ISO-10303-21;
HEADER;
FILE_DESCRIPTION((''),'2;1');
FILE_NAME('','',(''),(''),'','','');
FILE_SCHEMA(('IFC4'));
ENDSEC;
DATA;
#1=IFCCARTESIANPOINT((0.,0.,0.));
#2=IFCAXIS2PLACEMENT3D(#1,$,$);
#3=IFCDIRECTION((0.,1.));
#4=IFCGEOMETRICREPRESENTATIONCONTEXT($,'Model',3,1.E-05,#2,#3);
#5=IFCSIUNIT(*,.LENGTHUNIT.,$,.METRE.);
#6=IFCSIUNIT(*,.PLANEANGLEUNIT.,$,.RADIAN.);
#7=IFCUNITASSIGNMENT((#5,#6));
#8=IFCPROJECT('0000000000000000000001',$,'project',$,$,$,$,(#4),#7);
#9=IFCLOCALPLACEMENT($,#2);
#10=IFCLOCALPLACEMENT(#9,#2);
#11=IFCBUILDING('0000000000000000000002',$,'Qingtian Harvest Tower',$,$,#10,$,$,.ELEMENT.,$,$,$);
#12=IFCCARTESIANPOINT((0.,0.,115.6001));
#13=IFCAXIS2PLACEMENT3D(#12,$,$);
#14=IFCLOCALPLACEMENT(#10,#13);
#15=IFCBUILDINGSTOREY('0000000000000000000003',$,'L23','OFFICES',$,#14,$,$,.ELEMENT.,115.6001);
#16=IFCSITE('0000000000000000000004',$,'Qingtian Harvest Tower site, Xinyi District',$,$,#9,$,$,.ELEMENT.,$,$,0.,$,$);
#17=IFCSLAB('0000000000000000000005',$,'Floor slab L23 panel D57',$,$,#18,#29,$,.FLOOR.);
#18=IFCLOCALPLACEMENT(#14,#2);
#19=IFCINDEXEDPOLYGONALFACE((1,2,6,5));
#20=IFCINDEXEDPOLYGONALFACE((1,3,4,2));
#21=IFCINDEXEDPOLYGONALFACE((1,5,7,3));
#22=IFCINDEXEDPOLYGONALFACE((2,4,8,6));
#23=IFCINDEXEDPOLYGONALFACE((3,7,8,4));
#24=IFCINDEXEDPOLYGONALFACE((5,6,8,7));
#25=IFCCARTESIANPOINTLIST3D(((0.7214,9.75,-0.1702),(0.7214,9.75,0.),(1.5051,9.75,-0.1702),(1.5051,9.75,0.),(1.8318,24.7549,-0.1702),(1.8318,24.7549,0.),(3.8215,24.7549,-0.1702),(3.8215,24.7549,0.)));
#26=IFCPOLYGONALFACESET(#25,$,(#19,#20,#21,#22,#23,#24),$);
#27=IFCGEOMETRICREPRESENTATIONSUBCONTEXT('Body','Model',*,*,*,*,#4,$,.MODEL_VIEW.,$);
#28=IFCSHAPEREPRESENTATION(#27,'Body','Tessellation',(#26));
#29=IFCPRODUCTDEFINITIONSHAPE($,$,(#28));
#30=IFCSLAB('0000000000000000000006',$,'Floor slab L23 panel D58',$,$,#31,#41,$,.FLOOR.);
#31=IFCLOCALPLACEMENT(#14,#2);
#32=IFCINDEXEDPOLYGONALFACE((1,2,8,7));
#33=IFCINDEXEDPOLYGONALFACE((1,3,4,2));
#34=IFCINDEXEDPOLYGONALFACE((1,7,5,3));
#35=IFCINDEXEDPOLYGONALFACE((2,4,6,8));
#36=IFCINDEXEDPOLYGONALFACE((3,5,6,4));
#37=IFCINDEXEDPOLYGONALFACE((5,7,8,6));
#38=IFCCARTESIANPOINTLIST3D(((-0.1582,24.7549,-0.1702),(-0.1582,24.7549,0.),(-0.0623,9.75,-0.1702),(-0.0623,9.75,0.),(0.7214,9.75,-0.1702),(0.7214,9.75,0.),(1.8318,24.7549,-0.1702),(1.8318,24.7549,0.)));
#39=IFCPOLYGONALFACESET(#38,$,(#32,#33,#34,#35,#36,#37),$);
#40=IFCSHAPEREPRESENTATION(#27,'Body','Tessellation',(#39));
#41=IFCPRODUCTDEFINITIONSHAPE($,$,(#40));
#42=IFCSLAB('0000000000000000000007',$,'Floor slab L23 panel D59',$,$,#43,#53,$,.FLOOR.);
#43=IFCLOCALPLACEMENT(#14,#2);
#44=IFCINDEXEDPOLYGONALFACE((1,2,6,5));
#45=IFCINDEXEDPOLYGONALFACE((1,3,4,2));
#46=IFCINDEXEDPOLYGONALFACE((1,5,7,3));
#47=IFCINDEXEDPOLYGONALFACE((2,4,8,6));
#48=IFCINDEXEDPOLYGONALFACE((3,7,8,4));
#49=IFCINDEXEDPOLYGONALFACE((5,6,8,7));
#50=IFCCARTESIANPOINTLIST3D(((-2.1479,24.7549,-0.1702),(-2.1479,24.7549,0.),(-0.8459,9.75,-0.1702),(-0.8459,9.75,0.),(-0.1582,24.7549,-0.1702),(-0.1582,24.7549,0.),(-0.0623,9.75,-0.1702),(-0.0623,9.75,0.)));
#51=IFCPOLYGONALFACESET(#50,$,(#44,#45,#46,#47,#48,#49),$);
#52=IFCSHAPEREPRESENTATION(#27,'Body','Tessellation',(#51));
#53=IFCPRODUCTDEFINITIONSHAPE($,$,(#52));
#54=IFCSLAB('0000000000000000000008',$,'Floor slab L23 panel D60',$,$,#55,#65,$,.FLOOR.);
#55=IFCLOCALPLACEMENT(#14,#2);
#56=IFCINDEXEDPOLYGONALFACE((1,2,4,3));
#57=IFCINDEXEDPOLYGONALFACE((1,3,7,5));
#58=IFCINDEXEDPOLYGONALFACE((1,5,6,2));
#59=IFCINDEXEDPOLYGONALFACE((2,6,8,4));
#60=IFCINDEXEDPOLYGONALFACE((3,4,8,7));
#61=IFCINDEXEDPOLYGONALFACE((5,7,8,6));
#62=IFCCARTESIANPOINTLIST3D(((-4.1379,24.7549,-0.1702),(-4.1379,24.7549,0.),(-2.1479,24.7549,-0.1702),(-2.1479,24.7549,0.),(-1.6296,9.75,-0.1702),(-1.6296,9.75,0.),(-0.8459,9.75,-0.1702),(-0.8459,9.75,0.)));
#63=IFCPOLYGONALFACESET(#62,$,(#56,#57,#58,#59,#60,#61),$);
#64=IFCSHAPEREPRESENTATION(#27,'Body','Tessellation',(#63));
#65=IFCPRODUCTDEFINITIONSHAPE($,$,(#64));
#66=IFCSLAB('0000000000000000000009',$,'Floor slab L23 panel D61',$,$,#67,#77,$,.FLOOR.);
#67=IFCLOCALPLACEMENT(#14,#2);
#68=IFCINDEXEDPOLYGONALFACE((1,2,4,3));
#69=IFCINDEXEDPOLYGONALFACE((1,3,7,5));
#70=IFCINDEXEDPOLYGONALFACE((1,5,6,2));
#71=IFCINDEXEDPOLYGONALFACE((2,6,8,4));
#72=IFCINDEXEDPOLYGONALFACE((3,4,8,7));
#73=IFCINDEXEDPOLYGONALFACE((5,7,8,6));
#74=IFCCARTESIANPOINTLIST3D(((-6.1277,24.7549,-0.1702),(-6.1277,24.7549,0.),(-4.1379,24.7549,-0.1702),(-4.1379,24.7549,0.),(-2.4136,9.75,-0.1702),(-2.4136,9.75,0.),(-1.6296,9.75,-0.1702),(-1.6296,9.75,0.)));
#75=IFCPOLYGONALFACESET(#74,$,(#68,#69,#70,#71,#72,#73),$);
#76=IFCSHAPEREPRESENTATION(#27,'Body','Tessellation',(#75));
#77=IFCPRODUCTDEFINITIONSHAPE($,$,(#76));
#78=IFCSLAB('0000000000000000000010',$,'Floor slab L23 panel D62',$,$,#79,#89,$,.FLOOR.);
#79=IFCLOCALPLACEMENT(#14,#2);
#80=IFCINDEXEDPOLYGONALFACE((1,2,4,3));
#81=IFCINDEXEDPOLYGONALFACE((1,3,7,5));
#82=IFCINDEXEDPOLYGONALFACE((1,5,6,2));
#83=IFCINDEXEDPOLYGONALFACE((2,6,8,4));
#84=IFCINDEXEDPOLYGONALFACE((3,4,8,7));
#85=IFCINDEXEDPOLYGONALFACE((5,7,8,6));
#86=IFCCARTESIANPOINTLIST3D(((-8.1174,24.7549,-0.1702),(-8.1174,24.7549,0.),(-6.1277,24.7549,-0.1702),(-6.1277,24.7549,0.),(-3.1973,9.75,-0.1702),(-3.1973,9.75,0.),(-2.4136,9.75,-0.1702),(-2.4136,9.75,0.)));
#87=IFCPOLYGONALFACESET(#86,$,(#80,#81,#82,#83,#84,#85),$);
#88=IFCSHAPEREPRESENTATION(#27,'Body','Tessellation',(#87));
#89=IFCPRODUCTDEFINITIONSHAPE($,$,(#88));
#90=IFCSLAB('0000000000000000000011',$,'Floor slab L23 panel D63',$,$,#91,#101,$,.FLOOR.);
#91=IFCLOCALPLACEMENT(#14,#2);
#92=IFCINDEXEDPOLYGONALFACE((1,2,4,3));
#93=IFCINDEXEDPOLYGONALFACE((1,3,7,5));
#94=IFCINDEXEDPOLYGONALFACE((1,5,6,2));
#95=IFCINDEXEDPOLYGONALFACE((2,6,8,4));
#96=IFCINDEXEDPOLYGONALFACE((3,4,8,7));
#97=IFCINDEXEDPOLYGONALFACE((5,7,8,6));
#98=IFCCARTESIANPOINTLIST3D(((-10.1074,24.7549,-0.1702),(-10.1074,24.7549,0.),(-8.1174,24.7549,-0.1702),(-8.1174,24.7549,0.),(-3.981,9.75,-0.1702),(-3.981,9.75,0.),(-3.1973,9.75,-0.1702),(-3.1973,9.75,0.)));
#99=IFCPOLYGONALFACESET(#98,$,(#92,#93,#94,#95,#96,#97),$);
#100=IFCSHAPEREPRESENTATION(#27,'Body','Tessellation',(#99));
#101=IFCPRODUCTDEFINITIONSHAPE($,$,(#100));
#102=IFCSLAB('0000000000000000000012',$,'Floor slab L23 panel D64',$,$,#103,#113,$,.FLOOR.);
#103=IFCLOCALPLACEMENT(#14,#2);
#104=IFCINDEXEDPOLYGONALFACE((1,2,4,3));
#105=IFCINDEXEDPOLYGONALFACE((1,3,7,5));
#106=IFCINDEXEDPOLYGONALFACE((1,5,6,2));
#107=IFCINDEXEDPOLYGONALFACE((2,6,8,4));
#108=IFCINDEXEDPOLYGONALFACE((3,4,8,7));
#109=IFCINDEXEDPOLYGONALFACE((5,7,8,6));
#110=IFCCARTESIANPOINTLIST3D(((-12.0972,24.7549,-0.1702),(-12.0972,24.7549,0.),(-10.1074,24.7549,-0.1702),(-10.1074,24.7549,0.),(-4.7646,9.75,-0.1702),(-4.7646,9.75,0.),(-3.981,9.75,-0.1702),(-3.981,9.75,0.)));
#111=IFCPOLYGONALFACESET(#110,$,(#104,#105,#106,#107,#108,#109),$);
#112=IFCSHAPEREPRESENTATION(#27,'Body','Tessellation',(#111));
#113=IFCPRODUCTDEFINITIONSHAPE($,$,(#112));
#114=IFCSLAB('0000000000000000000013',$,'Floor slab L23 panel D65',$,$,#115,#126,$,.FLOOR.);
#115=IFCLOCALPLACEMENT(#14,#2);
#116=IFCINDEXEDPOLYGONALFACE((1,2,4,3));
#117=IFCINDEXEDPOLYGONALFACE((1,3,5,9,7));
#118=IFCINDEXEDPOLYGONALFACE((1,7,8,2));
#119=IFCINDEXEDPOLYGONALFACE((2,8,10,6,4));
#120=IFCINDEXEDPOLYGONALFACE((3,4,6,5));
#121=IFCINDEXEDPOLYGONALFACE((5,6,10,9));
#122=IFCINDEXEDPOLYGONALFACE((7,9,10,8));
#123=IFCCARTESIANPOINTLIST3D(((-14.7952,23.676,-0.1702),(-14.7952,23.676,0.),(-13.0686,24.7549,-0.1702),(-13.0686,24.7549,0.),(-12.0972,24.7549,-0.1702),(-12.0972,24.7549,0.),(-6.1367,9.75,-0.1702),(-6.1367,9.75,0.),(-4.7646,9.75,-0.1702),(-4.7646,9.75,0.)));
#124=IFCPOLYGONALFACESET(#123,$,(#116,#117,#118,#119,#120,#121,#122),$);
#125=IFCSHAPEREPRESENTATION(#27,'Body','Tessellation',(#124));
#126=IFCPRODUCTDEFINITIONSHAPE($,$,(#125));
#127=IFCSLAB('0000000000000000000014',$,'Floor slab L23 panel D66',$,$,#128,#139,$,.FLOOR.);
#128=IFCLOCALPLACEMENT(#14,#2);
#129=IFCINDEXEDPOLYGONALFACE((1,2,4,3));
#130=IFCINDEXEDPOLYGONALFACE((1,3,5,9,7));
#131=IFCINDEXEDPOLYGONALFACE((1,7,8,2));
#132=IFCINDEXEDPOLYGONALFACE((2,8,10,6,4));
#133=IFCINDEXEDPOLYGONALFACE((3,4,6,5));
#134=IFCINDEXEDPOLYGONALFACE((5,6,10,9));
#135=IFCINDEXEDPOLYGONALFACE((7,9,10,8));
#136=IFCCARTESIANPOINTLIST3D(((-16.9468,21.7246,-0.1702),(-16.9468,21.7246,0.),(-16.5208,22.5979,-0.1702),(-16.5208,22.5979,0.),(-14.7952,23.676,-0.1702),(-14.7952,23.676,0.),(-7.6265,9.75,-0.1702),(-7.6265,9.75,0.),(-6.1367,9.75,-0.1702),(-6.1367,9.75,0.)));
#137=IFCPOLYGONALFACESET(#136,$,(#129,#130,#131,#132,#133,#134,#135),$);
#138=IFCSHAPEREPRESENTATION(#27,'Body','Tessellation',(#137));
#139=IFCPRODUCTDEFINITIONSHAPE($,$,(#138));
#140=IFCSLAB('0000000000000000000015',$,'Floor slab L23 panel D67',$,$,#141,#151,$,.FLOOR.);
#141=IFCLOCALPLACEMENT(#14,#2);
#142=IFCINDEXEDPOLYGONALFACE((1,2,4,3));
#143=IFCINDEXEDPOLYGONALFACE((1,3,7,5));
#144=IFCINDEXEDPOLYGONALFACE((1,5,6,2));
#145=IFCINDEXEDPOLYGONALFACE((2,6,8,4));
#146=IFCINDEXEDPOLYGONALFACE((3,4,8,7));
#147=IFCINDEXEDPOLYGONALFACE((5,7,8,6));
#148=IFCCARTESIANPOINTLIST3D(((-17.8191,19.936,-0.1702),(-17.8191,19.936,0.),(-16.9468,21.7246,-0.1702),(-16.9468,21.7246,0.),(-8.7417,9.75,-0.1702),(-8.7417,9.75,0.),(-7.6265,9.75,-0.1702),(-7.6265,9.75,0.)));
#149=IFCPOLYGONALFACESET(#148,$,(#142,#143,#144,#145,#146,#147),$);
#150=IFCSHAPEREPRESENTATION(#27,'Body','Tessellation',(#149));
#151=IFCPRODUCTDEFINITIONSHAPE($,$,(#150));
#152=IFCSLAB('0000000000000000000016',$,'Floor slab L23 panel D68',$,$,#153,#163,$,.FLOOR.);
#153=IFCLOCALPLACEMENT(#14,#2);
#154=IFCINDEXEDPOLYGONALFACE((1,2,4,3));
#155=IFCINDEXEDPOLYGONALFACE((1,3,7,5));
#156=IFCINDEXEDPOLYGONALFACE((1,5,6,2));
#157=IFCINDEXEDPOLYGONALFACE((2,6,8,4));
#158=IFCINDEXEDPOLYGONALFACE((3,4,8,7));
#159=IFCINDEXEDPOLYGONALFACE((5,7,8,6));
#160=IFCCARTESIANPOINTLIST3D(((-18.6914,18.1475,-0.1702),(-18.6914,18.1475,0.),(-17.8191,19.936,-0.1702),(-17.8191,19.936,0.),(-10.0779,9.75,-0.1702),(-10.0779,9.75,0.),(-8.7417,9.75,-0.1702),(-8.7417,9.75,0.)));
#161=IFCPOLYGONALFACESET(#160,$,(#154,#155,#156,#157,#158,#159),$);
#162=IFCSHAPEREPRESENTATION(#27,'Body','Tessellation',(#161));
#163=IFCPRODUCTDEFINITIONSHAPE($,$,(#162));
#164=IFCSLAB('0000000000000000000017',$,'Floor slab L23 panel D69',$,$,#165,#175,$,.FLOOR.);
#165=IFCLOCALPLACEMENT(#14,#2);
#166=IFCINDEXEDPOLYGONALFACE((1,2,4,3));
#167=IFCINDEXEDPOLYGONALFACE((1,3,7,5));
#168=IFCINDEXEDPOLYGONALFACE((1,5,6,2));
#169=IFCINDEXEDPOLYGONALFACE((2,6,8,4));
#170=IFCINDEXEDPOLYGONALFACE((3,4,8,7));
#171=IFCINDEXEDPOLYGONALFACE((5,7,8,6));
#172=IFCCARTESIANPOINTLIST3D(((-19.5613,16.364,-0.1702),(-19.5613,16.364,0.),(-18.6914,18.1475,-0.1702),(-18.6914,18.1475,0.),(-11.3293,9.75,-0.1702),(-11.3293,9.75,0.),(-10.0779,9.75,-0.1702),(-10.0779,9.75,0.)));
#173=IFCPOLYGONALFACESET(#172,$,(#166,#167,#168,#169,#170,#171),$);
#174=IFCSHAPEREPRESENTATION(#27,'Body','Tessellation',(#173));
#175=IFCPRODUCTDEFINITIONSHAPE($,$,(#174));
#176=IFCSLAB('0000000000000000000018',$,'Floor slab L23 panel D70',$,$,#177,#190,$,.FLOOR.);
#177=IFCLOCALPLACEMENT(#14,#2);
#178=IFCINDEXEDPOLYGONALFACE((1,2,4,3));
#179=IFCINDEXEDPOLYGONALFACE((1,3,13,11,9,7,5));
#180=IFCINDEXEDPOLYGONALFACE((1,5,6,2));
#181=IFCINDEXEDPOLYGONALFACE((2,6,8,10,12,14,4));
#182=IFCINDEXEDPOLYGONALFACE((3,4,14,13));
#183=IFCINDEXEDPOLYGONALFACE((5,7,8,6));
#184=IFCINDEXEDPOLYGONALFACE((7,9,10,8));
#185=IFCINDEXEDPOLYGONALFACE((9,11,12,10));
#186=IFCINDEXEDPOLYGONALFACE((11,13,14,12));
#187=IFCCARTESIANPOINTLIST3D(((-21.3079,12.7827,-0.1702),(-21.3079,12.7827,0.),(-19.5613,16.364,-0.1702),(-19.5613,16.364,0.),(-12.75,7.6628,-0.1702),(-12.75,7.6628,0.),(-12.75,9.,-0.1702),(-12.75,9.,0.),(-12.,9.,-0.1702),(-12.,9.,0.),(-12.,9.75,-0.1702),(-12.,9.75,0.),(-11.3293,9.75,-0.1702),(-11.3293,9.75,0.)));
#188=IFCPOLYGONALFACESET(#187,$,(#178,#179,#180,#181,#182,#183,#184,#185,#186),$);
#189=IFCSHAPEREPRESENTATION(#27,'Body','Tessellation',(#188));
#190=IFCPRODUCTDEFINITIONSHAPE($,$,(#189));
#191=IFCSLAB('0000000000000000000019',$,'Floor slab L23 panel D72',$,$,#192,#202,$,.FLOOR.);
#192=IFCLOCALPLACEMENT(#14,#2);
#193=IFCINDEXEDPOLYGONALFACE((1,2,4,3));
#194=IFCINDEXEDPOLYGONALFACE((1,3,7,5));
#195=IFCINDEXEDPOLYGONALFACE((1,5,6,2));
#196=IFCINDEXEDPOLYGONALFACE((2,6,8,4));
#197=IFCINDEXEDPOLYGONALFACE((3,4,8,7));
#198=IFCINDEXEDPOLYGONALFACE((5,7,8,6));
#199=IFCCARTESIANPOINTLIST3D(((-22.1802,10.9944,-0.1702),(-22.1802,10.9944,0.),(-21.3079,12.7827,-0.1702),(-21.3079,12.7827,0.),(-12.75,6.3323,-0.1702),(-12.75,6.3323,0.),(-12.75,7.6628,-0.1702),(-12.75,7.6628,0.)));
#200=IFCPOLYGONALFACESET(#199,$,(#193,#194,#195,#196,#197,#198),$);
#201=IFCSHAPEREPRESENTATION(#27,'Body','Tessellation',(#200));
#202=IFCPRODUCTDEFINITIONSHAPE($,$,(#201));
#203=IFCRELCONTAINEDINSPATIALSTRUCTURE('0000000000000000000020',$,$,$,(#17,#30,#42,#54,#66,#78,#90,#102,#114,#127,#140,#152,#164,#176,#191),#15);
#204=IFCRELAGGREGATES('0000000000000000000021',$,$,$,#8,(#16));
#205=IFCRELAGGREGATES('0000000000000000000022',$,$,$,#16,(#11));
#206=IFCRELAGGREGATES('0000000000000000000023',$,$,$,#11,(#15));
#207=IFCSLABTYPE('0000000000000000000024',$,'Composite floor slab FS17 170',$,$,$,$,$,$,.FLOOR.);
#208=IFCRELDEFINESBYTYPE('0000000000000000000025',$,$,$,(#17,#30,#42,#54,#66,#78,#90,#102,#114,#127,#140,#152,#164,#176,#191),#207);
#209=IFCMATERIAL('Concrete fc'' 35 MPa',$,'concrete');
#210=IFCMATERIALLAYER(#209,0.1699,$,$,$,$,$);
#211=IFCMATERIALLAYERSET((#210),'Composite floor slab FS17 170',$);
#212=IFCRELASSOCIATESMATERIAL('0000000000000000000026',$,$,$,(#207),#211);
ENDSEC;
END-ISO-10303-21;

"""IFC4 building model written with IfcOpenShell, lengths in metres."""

from ifc_helpers import new_model, si_unit, direction, frame, origin, place, context, subcontext, project, spatial, polyline, outline, extrude, material, layer, layer_set, type_object, element, save


model = new_model("IFC4")

# Units and contexts
model_context = context("Model", 3, precision=1e-05, world=origin(), true_north=direction((0.0, 1.0)))
body_context = subcontext(model_context, "Body", "Model", "MODEL_VIEW")
ifc_project = project(units=[si_unit("LENGTHUNIT", "METRE"), si_unit("PLANEANGLEUNIT", "RADIAN")], contexts=[model_context])

# Site, building, storey
site_placement = place(None, origin())
site = spatial("IfcSite", under=ifc_project, at=site_placement, Name="Qingtian Harvest Tower site, Xinyi District", CompositionType="ELEMENT", RefElevation=0.0)
building_placement = place(site_placement, origin())
building = spatial("IfcBuilding", under=site, at=building_placement, Name="Qingtian Harvest Tower", CompositionType="ELEMENT")
storey_placement = place(building_placement, frame((0.0, 0.0, 115.6001)))
storey = spatial("IfcBuildingStorey", under=building, at=storey_placement, Name="L23", Description="OFFICES", CompositionType="ELEMENT", Elevation=115.6001)

# Slabs
ifc_material_1 = material(Name="Concrete fc' 35 MPa", Category="concrete")
ifc_layer_1 = layer(ifc_material_1, 0.1699)
ifc_layer_set_1 = layer_set([ifc_layer_1], Name="Composite floor slab FS17 170")
slab_type = type_object("IfcSlabType", Name="Composite floor slab FS17 170", PredefinedType="FLOOR", material=ifc_layer_set_1)
slab_1_placement = place(storey_placement, frame((0.0, 0.0, -0.1702)))
element("IfcSlab", 1, at=slab_1_placement, inside=storey, type_object=slab_type, Name="Floor slab L23 panel D57", PredefinedType="FLOOR", context=body_context, shape_type="SweptSolid", body=[
    extrude(outline(polyline([(0.7214, 9.75), (1.8318, 24.7549), (3.8215, 24.7549), (1.5051, 9.75), (0.7214, 9.75)])), origin(), (0.0, 0.0, 1.0), 0.1702),
])
slab_2_placement = place(storey_placement, frame((0.0, 0.0, -0.1702)))
element("IfcSlab", 2, at=slab_2_placement, inside=storey, type_object=slab_type, Name="Floor slab L23 panel D58", PredefinedType="FLOOR", context=body_context, shape_type="SweptSolid", body=[
    extrude(outline(polyline([(-0.0623, 9.75), (-0.1582, 24.7549), (1.8318, 24.7549), (0.7214, 9.75), (-0.0623, 9.75)])), origin(), (0.0, 0.0, 1.0), 0.1702),
])
slab_3_placement = place(storey_placement, frame((0.0, 0.0, -0.1702)))
element("IfcSlab", 3, at=slab_3_placement, inside=storey, type_object=slab_type, Name="Floor slab L23 panel D59", PredefinedType="FLOOR", context=body_context, shape_type="SweptSolid", body=[
    extrude(outline(polyline([(-0.8459, 9.75), (-2.1479, 24.7549), (-0.1582, 24.7549), (-0.0623, 9.75), (-0.8459, 9.75)])), origin(), (0.0, 0.0, 1.0), 0.1702),
])
slab_4_placement = place(storey_placement, frame((0.0, 0.0, -0.1702)))
element("IfcSlab", 4, at=slab_4_placement, inside=storey, type_object=slab_type, Name="Floor slab L23 panel D60", PredefinedType="FLOOR", context=body_context, shape_type="SweptSolid", body=[
    extrude(outline(polyline([(-1.6296, 9.75), (-4.1379, 24.7549), (-2.1479, 24.7549), (-0.8459, 9.75), (-1.6296, 9.75)])), origin(), (0.0, 0.0, 1.0), 0.1702),
])
slab_5_placement = place(storey_placement, frame((0.0, 0.0, -0.1702)))
element("IfcSlab", 5, at=slab_5_placement, inside=storey, type_object=slab_type, Name="Floor slab L23 panel D61", PredefinedType="FLOOR", context=body_context, shape_type="SweptSolid", body=[
    extrude(outline(polyline([(-2.4136, 9.75), (-6.1277, 24.7549), (-4.1379, 24.7549), (-1.6296, 9.75), (-2.4136, 9.75)])), origin(), (0.0, 0.0, 1.0), 0.1702),
])
slab_6_placement = place(storey_placement, frame((0.0, 0.0, -0.1702)))
element("IfcSlab", 6, at=slab_6_placement, inside=storey, type_object=slab_type, Name="Floor slab L23 panel D62", PredefinedType="FLOOR", context=body_context, shape_type="SweptSolid", body=[
    extrude(outline(polyline([(-3.1973, 9.75), (-8.1174, 24.7549), (-6.1277, 24.7549), (-2.4136, 9.75), (-3.1973, 9.75)])), origin(), (0.0, 0.0, 1.0), 0.1702),
])
slab_7_placement = place(storey_placement, frame((0.0, 0.0, -0.1702)))
element("IfcSlab", 7, at=slab_7_placement, inside=storey, type_object=slab_type, Name="Floor slab L23 panel D63", PredefinedType="FLOOR", context=body_context, shape_type="SweptSolid", body=[
    extrude(outline(polyline([(-3.981, 9.75), (-10.1074, 24.7549), (-8.1174, 24.7549), (-3.1973, 9.75), (-3.981, 9.75)])), origin(), (0.0, 0.0, 1.0), 0.1702),
])
slab_8_placement = place(storey_placement, frame((0.0, 0.0, -0.1702)))
element("IfcSlab", 8, at=slab_8_placement, inside=storey, type_object=slab_type, Name="Floor slab L23 panel D64", PredefinedType="FLOOR", context=body_context, shape_type="SweptSolid", body=[
    extrude(outline(polyline([(-4.7646, 9.75), (-12.0972, 24.7549), (-10.1074, 24.7549), (-3.981, 9.75), (-4.7646, 9.75)])), origin(), (0.0, 0.0, 1.0), 0.1702),
])
slab_9_placement = place(storey_placement, frame((0.0, 0.0, -0.1702)))
element("IfcSlab", 9, at=slab_9_placement, inside=storey, type_object=slab_type, Name="Floor slab L23 panel D65", PredefinedType="FLOOR", context=body_context, shape_type="SweptSolid", body=[
    extrude(outline(polyline([(-4.7646, 9.75), (-6.1367, 9.75), (-14.7952, 23.676), (-13.0686, 24.7549), (-12.0972, 24.7549), (-4.7646, 9.75)])), origin(), (0.0, 0.0, 1.0), 0.1702),
])
slab_10_placement = place(storey_placement, frame((0.0, 0.0, -0.1702)))
element("IfcSlab", 10, at=slab_10_placement, inside=storey, type_object=slab_type, Name="Floor slab L23 panel D66", PredefinedType="FLOOR", context=body_context, shape_type="SweptSolid", body=[
    extrude(outline(polyline([(-6.1367, 9.75), (-7.6265, 9.75), (-16.9468, 21.7246), (-16.5208, 22.5979), (-14.7952, 23.676), (-6.1367, 9.75)])), origin(), (0.0, 0.0, 1.0), 0.1702),
])
slab_11_placement = place(storey_placement, frame((0.0, 0.0, -0.1702)))
element("IfcSlab", 11, at=slab_11_placement, inside=storey, type_object=slab_type, Name="Floor slab L23 panel D67", PredefinedType="FLOOR", context=body_context, shape_type="SweptSolid", body=[
    extrude(outline(polyline([(-8.7417, 9.75), (-17.8191, 19.936), (-16.9468, 21.7246), (-7.6265, 9.75), (-8.7417, 9.75)])), origin(), (0.0, 0.0, 1.0), 0.1702),
])
slab_12_placement = place(storey_placement, frame((0.0, 0.0, -0.1702)))
element("IfcSlab", 12, at=slab_12_placement, inside=storey, type_object=slab_type, Name="Floor slab L23 panel D68", PredefinedType="FLOOR", context=body_context, shape_type="SweptSolid", body=[
    extrude(outline(polyline([(-10.0779, 9.75), (-18.6914, 18.1475), (-17.8191, 19.936), (-8.7417, 9.75), (-10.0779, 9.75)])), origin(), (0.0, 0.0, 1.0), 0.1702),
])
slab_13_placement = place(storey_placement, frame((0.0, 0.0, -0.1702)))
element("IfcSlab", 13, at=slab_13_placement, inside=storey, type_object=slab_type, Name="Floor slab L23 panel D69", PredefinedType="FLOOR", context=body_context, shape_type="SweptSolid", body=[
    extrude(outline(polyline([(-11.3293, 9.75), (-19.5613, 16.364), (-18.6914, 18.1475), (-10.0779, 9.75), (-11.3293, 9.75)])), origin(), (0.0, 0.0, 1.0), 0.1702),
])
slab_14_placement = place(storey_placement, frame((0.0, 0.0, -0.1702)))
element("IfcSlab", 14, at=slab_14_placement, inside=storey, type_object=slab_type, Name="Floor slab L23 panel D70", PredefinedType="FLOOR", context=body_context, shape_type="SweptSolid", body=[
    extrude(outline(polyline([(-12.0, 9.0), (-12.75, 9.0), (-12.75, 7.6628), (-21.3079, 12.7827), (-19.5613, 16.364), (-11.3293, 9.75), (-12.0, 9.75), (-12.0, 9.0)])), origin(), (0.0, 0.0, 1.0), 0.1702),
])
slab_15_placement = place(storey_placement, frame((0.0, 0.0, -0.1702)))
element("IfcSlab", 15, at=slab_15_placement, inside=storey, type_object=slab_type, Name="Floor slab L23 panel D72", PredefinedType="FLOOR", context=body_context, shape_type="SweptSolid", body=[
    extrude(outline(polyline([(-12.75, 6.3323), (-22.1802, 10.9944), (-21.3079, 12.7827), (-12.75, 7.6628), (-12.75, 6.3323)])), origin(), (0.0, 0.0, 1.0), 0.1702),
])

save(model, "model.ifc")
